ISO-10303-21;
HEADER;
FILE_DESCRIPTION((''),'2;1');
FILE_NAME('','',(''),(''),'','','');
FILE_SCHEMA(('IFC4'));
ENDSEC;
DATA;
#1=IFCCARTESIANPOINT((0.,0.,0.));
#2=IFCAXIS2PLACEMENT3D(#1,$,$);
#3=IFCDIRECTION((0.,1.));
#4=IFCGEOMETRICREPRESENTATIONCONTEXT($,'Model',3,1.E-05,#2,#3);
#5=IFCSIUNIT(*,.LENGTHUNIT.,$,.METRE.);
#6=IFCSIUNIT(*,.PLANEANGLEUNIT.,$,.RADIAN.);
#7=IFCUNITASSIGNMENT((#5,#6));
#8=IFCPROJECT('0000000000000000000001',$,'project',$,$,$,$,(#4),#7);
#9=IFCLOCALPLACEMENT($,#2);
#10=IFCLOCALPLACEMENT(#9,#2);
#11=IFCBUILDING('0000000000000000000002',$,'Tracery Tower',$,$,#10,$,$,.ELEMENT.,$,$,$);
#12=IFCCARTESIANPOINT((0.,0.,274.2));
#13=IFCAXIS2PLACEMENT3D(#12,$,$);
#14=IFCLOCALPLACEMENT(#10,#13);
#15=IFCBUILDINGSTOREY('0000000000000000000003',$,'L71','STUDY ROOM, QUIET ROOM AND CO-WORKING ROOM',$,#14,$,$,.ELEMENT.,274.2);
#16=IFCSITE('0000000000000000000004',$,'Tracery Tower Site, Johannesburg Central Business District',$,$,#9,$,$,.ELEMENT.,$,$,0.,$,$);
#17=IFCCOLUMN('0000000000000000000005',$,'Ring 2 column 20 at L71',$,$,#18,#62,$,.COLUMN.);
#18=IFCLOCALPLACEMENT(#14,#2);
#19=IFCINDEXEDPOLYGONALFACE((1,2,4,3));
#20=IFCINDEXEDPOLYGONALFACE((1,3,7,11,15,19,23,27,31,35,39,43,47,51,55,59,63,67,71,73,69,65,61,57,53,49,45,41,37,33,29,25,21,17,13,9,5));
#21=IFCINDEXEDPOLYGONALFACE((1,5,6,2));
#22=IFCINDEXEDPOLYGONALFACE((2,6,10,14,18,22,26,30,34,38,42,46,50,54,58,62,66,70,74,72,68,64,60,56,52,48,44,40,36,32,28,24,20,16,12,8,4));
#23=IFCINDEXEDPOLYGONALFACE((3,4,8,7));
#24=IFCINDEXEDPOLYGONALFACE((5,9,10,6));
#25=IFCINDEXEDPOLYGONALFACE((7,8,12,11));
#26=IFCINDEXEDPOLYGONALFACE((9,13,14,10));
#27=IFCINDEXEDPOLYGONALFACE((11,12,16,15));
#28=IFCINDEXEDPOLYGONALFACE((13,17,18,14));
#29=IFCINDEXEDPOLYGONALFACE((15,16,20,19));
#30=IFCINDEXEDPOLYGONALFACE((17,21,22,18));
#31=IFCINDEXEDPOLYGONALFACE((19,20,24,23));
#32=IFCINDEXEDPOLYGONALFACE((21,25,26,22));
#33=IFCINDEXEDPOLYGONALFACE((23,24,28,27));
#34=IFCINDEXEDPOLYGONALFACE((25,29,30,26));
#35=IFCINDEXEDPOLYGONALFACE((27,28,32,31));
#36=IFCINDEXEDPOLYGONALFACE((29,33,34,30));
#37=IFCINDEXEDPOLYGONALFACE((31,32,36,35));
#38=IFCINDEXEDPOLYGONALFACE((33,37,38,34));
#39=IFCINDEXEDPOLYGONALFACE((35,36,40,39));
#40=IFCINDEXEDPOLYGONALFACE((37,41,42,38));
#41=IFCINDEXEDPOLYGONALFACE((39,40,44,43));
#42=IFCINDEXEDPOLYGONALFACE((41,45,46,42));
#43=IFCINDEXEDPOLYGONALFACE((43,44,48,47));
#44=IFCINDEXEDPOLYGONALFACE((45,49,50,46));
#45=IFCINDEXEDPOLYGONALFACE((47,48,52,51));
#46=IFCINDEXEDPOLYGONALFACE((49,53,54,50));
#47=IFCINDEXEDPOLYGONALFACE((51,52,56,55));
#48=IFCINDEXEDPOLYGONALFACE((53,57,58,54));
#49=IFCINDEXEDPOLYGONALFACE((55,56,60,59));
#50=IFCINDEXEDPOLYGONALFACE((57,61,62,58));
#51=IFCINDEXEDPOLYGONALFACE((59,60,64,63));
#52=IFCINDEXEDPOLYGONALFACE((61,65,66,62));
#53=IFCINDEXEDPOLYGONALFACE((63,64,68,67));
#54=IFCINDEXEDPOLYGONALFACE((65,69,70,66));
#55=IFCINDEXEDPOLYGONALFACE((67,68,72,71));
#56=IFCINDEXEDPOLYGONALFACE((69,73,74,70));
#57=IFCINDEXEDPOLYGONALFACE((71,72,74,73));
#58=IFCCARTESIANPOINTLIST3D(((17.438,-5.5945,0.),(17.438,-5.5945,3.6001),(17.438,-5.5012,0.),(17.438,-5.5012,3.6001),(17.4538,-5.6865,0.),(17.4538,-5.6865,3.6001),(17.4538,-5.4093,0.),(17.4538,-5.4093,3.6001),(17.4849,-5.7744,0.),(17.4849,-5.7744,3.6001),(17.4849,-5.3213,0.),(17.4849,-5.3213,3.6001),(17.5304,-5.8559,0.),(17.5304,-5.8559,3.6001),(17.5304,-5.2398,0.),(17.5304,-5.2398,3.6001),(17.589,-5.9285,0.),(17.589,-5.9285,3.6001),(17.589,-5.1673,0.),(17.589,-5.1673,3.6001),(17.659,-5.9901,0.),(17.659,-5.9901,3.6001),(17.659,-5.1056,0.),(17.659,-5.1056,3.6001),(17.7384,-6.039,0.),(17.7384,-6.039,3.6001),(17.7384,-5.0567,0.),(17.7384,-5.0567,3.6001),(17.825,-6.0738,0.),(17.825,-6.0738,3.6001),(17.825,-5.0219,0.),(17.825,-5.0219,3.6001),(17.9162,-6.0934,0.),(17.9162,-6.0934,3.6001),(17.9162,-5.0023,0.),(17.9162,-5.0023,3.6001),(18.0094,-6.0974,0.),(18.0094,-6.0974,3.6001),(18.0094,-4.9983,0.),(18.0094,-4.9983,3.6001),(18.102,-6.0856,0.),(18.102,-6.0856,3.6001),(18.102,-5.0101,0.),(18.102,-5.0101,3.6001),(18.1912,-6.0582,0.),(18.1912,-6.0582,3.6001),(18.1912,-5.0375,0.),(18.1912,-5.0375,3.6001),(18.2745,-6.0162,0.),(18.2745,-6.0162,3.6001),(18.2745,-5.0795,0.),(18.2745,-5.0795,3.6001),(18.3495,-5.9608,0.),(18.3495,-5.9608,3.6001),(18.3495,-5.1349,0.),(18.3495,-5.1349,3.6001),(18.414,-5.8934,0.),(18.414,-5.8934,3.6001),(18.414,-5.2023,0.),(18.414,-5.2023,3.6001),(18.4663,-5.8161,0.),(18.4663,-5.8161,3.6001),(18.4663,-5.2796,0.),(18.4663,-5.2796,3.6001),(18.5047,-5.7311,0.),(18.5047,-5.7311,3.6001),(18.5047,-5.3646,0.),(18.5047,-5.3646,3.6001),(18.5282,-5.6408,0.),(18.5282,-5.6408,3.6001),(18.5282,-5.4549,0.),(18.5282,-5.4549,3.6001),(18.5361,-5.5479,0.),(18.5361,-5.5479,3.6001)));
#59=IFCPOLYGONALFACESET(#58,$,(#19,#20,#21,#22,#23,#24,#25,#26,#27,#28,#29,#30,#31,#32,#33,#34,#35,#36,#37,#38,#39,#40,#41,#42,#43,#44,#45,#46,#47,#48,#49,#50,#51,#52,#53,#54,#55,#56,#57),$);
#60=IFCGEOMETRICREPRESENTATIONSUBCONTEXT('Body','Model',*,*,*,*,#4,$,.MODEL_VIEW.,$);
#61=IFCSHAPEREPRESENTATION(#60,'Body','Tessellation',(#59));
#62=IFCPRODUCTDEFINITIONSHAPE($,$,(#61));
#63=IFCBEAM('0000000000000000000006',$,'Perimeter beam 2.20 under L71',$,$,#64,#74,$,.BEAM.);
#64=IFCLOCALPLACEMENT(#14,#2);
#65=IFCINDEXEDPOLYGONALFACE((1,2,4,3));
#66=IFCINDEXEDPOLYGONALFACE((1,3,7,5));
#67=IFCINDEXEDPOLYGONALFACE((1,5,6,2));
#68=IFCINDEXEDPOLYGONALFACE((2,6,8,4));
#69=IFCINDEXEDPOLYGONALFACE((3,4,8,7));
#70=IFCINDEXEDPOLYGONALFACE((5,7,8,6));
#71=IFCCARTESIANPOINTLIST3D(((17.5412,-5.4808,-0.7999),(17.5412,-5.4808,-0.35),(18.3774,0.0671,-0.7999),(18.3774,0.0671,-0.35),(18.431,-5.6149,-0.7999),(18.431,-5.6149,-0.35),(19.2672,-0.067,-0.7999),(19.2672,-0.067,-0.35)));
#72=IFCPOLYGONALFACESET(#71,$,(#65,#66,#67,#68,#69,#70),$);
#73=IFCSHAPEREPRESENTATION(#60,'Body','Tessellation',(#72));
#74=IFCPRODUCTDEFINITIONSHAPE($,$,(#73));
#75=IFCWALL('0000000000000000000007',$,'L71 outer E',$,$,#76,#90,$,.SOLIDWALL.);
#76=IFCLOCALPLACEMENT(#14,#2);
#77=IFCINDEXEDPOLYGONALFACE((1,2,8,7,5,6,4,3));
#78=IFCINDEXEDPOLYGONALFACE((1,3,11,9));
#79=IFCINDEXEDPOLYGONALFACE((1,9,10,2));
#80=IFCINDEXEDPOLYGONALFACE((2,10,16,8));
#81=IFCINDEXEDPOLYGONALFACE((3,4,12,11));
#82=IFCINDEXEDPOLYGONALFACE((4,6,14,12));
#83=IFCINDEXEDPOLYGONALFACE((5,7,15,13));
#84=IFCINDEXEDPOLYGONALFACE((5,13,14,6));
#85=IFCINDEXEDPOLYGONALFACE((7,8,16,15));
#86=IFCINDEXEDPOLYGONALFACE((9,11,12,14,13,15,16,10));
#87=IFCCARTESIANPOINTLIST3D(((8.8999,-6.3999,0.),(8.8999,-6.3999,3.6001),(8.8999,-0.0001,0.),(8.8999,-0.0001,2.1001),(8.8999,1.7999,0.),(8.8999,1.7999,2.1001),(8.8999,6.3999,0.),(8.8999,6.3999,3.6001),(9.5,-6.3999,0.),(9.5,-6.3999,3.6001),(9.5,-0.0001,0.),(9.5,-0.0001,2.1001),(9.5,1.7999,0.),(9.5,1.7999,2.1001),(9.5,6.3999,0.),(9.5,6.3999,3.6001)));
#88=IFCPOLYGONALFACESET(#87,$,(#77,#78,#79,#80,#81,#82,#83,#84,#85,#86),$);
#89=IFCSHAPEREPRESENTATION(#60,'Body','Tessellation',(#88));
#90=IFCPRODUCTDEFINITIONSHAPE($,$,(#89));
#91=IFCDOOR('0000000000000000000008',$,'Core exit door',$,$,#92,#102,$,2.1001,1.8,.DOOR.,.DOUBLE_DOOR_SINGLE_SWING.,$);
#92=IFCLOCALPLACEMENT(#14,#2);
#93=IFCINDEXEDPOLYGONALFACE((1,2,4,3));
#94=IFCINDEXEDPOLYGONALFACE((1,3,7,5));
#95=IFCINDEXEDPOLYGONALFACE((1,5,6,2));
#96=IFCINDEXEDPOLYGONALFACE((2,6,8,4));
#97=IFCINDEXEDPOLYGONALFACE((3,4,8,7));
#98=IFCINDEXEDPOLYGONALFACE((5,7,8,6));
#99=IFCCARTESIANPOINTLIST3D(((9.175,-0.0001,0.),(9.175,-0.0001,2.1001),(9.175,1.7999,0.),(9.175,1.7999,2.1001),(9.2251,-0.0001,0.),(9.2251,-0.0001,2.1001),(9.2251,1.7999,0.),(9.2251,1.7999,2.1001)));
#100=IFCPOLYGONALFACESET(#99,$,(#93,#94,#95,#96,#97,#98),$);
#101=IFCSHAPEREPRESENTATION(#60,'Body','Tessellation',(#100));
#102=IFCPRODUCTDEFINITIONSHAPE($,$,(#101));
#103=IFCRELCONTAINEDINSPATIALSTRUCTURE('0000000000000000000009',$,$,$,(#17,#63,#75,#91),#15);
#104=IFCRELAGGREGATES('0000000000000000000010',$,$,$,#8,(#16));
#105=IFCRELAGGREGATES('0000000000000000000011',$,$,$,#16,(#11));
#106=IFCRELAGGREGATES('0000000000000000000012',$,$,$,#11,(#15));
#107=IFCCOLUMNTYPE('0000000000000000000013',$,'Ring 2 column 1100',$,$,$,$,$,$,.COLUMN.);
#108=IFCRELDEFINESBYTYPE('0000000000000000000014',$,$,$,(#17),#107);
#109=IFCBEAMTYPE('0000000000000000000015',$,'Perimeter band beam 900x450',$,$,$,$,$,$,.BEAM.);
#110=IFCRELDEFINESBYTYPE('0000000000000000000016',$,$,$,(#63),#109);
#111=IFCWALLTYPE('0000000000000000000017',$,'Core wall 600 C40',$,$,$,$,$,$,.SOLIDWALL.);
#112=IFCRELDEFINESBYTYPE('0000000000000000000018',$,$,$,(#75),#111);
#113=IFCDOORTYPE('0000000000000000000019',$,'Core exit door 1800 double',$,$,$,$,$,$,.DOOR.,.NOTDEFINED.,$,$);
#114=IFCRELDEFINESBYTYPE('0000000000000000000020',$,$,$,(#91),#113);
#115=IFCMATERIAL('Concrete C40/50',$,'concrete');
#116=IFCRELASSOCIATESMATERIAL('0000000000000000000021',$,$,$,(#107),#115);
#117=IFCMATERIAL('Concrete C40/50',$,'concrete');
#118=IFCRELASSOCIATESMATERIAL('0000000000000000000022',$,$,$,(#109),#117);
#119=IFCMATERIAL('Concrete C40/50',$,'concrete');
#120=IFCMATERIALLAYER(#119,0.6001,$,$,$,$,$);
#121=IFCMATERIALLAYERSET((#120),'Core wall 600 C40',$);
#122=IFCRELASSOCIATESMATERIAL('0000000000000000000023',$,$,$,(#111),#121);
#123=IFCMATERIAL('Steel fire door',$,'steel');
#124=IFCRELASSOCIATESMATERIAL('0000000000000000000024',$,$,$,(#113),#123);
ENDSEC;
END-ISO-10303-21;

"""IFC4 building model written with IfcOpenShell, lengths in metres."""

from ifc_helpers import new_model, si_unit, direction, frame, frame_2d, origin, origin_2d, place, context, subcontext, project, spatial, rectangle, circle, extrude, material, layer, layer_set, material_profile, profile_set, type_object, element, fill, save


model = new_model("IFC4")

# Units and contexts
model_context = context("Model", 3, precision=1e-05, world=origin(), true_north=direction((0.0, 1.0)))
body_context = subcontext(model_context, "Body", "Model", "MODEL_VIEW")
ifc_project = project(units=[si_unit("LENGTHUNIT", "METRE"), si_unit("PLANEANGLEUNIT", "RADIAN")], contexts=[model_context])

# Site, building, storey
site_placement = place(None, origin())
site = spatial("IfcSite", under=ifc_project, at=site_placement, Name="Tracery Tower Site, Johannesburg Central Business District", CompositionType="ELEMENT", RefElevation=0.0)
building_placement = place(site_placement, origin())
building = spatial("IfcBuilding", under=site, at=building_placement, Name="Tracery Tower", CompositionType="ELEMENT")
storey_placement = place(building_placement, frame((0.0, 0.0, 274.2)))
storey = spatial("IfcBuildingStorey", under=building, at=storey_placement, Name="L71", Description="STUDY ROOM, QUIET ROOM AND CO-WORKING ROOM", CompositionType="ELEMENT", Elevation=274.2)

# Column
ifc_material_1 = material(Name="Concrete C40/50", Category="concrete")
ifc_material_profile_1 = material_profile(ifc_material_1, circle(Radius=0.55, at=origin_2d()), Name="RC D1100")
ifc_profile_set_1 = profile_set([ifc_material_profile_1], Name="Concrete C40/50")
column_type = type_object("IfcColumnType", Name="Ring 2 column 1100", PredefinedType="COLUMN", material=ifc_profile_set_1)
column_placement = place(storey_placement, frame((17.9861, -5.5479, 0.0), z_axis=(0.0, 0.0, 1.0), x_axis=(1.0, 0.0, 0.0)))
element("IfcColumn", 1, at=column_placement, inside=storey, type_object=column_type, Name="Ring 2 column 20 at L71", PredefinedType="COLUMN", context=body_context, shape_type="SweptSolid", body=[
    extrude(circle(Radius=0.55, at=origin_2d()), origin(), (0.0, 0.0, 1.0), 3.6001),
])

# Beam
ifc_material_2 = material(Name="Concrete C40/50", Category="concrete")
ifc_material_profile_2 = material_profile(ifc_material_2, rectangle(XDim=0.8999, YDim=0.45, at=origin_2d()), Name="RC 900x450")
ifc_profile_set_2 = profile_set([ifc_material_profile_2], Name="Concrete C40/50")
beam_type = type_object("IfcBeamType", Name="Perimeter band beam 900x450", PredefinedType="BEAM", material=ifc_profile_set_2)
beam_placement = place(storey_placement, frame((17.9861, -5.5479, -0.575), z_axis=(0.149038, 0.988831, 0.0), x_axis=(-0.988831, 0.149038, 0.0)))
element("IfcBeam", 2, at=beam_placement, inside=storey, type_object=beam_type, Name="Perimeter beam 2.20 under L71", PredefinedType="BEAM", context=body_context, shape_type="SweptSolid", body=[
    extrude(rectangle(XDim=0.8999, YDim=0.45, at=origin_2d()), origin(), (0.0, 0.0, 1.0), 5.6106),
])

# Wall, opening, door
ifc_material_3 = material(Name="Concrete C40/50", Category="concrete")
ifc_layer_1 = layer(ifc_material_3, 0.6001)
ifc_layer_set_1 = layer_set([ifc_layer_1], Name="Core wall 600 C40")
wall_type_1 = type_object("IfcWallType", Name="Core wall 600 C40", PredefinedType="SOLIDWALL", material=ifc_layer_set_1)
wall_1_placement = place(storey_placement, frame((9.2, -6.3999, 0.0), z_axis=(0.0, 0.0, 1.0), x_axis=(0.0, 1.0, 0.0)))
wall_1 = element("IfcWall", 3, at=wall_1_placement, inside=storey, type_object=wall_type_1, Name="L71 outer E", PredefinedType="SOLIDWALL", context=body_context, shape_type="SweptSolid", body=[
    extrude(rectangle(XDim=12.7998, YDim=0.6001, at=frame_2d((6.3999, 0.0))), origin(), (0.0, 0.0, 1.0), 3.6001),
])
opening_1_placement = place(wall_1_placement, frame((6.3999, 0.0, 0.0)))
opening_1 = element("IfcOpeningElement", 4, at=opening_1_placement, cuts=wall_1, PredefinedType="OPENING", context=body_context, shape_type="SweptSolid", body=[
    extrude(rectangle(XDim=1.8, YDim=2.1001, at=frame_2d((0.8999, 1.05))), frame((0.0, 0.3, 0.0), z_axis=(0.0, -1.0, 0.0), x_axis=(1.0, 0.0, 0.0)), (0.0, 0.0, 1.0), 0.6001),
])
ifc_material_4 = material(Name="Steel fire door", Category="steel")
door_type_1 = type_object("IfcDoorType", Name="Core exit door 1800 double", OperationType="NOTDEFINED", PredefinedType="DOOR", material=ifc_material_4)
door_1_placement = place(opening_1_placement, origin())
door_1 = element("IfcDoor", 5, at=door_1_placement, inside=storey, type_object=door_type_1, Name="Core exit door", OperationType="DOUBLE_DOOR_SINGLE_SWING", OverallHeight=2.1001, OverallWidth=1.8, PredefinedType="DOOR", context=body_context, shape_type="SweptSolid", body=[
    extrude(rectangle(XDim=1.8, YDim=2.1001, at=frame_2d((0.8999, 1.05))), frame((0.0, 0.0249, 0.0), z_axis=(0.0, -1.0, 0.0), x_axis=(1.0, 0.0, 0.0)), (0.0, 0.0, 1.0), 0.05),
])
fill(opening_1, door_1)

save(model, "model.ifc")
